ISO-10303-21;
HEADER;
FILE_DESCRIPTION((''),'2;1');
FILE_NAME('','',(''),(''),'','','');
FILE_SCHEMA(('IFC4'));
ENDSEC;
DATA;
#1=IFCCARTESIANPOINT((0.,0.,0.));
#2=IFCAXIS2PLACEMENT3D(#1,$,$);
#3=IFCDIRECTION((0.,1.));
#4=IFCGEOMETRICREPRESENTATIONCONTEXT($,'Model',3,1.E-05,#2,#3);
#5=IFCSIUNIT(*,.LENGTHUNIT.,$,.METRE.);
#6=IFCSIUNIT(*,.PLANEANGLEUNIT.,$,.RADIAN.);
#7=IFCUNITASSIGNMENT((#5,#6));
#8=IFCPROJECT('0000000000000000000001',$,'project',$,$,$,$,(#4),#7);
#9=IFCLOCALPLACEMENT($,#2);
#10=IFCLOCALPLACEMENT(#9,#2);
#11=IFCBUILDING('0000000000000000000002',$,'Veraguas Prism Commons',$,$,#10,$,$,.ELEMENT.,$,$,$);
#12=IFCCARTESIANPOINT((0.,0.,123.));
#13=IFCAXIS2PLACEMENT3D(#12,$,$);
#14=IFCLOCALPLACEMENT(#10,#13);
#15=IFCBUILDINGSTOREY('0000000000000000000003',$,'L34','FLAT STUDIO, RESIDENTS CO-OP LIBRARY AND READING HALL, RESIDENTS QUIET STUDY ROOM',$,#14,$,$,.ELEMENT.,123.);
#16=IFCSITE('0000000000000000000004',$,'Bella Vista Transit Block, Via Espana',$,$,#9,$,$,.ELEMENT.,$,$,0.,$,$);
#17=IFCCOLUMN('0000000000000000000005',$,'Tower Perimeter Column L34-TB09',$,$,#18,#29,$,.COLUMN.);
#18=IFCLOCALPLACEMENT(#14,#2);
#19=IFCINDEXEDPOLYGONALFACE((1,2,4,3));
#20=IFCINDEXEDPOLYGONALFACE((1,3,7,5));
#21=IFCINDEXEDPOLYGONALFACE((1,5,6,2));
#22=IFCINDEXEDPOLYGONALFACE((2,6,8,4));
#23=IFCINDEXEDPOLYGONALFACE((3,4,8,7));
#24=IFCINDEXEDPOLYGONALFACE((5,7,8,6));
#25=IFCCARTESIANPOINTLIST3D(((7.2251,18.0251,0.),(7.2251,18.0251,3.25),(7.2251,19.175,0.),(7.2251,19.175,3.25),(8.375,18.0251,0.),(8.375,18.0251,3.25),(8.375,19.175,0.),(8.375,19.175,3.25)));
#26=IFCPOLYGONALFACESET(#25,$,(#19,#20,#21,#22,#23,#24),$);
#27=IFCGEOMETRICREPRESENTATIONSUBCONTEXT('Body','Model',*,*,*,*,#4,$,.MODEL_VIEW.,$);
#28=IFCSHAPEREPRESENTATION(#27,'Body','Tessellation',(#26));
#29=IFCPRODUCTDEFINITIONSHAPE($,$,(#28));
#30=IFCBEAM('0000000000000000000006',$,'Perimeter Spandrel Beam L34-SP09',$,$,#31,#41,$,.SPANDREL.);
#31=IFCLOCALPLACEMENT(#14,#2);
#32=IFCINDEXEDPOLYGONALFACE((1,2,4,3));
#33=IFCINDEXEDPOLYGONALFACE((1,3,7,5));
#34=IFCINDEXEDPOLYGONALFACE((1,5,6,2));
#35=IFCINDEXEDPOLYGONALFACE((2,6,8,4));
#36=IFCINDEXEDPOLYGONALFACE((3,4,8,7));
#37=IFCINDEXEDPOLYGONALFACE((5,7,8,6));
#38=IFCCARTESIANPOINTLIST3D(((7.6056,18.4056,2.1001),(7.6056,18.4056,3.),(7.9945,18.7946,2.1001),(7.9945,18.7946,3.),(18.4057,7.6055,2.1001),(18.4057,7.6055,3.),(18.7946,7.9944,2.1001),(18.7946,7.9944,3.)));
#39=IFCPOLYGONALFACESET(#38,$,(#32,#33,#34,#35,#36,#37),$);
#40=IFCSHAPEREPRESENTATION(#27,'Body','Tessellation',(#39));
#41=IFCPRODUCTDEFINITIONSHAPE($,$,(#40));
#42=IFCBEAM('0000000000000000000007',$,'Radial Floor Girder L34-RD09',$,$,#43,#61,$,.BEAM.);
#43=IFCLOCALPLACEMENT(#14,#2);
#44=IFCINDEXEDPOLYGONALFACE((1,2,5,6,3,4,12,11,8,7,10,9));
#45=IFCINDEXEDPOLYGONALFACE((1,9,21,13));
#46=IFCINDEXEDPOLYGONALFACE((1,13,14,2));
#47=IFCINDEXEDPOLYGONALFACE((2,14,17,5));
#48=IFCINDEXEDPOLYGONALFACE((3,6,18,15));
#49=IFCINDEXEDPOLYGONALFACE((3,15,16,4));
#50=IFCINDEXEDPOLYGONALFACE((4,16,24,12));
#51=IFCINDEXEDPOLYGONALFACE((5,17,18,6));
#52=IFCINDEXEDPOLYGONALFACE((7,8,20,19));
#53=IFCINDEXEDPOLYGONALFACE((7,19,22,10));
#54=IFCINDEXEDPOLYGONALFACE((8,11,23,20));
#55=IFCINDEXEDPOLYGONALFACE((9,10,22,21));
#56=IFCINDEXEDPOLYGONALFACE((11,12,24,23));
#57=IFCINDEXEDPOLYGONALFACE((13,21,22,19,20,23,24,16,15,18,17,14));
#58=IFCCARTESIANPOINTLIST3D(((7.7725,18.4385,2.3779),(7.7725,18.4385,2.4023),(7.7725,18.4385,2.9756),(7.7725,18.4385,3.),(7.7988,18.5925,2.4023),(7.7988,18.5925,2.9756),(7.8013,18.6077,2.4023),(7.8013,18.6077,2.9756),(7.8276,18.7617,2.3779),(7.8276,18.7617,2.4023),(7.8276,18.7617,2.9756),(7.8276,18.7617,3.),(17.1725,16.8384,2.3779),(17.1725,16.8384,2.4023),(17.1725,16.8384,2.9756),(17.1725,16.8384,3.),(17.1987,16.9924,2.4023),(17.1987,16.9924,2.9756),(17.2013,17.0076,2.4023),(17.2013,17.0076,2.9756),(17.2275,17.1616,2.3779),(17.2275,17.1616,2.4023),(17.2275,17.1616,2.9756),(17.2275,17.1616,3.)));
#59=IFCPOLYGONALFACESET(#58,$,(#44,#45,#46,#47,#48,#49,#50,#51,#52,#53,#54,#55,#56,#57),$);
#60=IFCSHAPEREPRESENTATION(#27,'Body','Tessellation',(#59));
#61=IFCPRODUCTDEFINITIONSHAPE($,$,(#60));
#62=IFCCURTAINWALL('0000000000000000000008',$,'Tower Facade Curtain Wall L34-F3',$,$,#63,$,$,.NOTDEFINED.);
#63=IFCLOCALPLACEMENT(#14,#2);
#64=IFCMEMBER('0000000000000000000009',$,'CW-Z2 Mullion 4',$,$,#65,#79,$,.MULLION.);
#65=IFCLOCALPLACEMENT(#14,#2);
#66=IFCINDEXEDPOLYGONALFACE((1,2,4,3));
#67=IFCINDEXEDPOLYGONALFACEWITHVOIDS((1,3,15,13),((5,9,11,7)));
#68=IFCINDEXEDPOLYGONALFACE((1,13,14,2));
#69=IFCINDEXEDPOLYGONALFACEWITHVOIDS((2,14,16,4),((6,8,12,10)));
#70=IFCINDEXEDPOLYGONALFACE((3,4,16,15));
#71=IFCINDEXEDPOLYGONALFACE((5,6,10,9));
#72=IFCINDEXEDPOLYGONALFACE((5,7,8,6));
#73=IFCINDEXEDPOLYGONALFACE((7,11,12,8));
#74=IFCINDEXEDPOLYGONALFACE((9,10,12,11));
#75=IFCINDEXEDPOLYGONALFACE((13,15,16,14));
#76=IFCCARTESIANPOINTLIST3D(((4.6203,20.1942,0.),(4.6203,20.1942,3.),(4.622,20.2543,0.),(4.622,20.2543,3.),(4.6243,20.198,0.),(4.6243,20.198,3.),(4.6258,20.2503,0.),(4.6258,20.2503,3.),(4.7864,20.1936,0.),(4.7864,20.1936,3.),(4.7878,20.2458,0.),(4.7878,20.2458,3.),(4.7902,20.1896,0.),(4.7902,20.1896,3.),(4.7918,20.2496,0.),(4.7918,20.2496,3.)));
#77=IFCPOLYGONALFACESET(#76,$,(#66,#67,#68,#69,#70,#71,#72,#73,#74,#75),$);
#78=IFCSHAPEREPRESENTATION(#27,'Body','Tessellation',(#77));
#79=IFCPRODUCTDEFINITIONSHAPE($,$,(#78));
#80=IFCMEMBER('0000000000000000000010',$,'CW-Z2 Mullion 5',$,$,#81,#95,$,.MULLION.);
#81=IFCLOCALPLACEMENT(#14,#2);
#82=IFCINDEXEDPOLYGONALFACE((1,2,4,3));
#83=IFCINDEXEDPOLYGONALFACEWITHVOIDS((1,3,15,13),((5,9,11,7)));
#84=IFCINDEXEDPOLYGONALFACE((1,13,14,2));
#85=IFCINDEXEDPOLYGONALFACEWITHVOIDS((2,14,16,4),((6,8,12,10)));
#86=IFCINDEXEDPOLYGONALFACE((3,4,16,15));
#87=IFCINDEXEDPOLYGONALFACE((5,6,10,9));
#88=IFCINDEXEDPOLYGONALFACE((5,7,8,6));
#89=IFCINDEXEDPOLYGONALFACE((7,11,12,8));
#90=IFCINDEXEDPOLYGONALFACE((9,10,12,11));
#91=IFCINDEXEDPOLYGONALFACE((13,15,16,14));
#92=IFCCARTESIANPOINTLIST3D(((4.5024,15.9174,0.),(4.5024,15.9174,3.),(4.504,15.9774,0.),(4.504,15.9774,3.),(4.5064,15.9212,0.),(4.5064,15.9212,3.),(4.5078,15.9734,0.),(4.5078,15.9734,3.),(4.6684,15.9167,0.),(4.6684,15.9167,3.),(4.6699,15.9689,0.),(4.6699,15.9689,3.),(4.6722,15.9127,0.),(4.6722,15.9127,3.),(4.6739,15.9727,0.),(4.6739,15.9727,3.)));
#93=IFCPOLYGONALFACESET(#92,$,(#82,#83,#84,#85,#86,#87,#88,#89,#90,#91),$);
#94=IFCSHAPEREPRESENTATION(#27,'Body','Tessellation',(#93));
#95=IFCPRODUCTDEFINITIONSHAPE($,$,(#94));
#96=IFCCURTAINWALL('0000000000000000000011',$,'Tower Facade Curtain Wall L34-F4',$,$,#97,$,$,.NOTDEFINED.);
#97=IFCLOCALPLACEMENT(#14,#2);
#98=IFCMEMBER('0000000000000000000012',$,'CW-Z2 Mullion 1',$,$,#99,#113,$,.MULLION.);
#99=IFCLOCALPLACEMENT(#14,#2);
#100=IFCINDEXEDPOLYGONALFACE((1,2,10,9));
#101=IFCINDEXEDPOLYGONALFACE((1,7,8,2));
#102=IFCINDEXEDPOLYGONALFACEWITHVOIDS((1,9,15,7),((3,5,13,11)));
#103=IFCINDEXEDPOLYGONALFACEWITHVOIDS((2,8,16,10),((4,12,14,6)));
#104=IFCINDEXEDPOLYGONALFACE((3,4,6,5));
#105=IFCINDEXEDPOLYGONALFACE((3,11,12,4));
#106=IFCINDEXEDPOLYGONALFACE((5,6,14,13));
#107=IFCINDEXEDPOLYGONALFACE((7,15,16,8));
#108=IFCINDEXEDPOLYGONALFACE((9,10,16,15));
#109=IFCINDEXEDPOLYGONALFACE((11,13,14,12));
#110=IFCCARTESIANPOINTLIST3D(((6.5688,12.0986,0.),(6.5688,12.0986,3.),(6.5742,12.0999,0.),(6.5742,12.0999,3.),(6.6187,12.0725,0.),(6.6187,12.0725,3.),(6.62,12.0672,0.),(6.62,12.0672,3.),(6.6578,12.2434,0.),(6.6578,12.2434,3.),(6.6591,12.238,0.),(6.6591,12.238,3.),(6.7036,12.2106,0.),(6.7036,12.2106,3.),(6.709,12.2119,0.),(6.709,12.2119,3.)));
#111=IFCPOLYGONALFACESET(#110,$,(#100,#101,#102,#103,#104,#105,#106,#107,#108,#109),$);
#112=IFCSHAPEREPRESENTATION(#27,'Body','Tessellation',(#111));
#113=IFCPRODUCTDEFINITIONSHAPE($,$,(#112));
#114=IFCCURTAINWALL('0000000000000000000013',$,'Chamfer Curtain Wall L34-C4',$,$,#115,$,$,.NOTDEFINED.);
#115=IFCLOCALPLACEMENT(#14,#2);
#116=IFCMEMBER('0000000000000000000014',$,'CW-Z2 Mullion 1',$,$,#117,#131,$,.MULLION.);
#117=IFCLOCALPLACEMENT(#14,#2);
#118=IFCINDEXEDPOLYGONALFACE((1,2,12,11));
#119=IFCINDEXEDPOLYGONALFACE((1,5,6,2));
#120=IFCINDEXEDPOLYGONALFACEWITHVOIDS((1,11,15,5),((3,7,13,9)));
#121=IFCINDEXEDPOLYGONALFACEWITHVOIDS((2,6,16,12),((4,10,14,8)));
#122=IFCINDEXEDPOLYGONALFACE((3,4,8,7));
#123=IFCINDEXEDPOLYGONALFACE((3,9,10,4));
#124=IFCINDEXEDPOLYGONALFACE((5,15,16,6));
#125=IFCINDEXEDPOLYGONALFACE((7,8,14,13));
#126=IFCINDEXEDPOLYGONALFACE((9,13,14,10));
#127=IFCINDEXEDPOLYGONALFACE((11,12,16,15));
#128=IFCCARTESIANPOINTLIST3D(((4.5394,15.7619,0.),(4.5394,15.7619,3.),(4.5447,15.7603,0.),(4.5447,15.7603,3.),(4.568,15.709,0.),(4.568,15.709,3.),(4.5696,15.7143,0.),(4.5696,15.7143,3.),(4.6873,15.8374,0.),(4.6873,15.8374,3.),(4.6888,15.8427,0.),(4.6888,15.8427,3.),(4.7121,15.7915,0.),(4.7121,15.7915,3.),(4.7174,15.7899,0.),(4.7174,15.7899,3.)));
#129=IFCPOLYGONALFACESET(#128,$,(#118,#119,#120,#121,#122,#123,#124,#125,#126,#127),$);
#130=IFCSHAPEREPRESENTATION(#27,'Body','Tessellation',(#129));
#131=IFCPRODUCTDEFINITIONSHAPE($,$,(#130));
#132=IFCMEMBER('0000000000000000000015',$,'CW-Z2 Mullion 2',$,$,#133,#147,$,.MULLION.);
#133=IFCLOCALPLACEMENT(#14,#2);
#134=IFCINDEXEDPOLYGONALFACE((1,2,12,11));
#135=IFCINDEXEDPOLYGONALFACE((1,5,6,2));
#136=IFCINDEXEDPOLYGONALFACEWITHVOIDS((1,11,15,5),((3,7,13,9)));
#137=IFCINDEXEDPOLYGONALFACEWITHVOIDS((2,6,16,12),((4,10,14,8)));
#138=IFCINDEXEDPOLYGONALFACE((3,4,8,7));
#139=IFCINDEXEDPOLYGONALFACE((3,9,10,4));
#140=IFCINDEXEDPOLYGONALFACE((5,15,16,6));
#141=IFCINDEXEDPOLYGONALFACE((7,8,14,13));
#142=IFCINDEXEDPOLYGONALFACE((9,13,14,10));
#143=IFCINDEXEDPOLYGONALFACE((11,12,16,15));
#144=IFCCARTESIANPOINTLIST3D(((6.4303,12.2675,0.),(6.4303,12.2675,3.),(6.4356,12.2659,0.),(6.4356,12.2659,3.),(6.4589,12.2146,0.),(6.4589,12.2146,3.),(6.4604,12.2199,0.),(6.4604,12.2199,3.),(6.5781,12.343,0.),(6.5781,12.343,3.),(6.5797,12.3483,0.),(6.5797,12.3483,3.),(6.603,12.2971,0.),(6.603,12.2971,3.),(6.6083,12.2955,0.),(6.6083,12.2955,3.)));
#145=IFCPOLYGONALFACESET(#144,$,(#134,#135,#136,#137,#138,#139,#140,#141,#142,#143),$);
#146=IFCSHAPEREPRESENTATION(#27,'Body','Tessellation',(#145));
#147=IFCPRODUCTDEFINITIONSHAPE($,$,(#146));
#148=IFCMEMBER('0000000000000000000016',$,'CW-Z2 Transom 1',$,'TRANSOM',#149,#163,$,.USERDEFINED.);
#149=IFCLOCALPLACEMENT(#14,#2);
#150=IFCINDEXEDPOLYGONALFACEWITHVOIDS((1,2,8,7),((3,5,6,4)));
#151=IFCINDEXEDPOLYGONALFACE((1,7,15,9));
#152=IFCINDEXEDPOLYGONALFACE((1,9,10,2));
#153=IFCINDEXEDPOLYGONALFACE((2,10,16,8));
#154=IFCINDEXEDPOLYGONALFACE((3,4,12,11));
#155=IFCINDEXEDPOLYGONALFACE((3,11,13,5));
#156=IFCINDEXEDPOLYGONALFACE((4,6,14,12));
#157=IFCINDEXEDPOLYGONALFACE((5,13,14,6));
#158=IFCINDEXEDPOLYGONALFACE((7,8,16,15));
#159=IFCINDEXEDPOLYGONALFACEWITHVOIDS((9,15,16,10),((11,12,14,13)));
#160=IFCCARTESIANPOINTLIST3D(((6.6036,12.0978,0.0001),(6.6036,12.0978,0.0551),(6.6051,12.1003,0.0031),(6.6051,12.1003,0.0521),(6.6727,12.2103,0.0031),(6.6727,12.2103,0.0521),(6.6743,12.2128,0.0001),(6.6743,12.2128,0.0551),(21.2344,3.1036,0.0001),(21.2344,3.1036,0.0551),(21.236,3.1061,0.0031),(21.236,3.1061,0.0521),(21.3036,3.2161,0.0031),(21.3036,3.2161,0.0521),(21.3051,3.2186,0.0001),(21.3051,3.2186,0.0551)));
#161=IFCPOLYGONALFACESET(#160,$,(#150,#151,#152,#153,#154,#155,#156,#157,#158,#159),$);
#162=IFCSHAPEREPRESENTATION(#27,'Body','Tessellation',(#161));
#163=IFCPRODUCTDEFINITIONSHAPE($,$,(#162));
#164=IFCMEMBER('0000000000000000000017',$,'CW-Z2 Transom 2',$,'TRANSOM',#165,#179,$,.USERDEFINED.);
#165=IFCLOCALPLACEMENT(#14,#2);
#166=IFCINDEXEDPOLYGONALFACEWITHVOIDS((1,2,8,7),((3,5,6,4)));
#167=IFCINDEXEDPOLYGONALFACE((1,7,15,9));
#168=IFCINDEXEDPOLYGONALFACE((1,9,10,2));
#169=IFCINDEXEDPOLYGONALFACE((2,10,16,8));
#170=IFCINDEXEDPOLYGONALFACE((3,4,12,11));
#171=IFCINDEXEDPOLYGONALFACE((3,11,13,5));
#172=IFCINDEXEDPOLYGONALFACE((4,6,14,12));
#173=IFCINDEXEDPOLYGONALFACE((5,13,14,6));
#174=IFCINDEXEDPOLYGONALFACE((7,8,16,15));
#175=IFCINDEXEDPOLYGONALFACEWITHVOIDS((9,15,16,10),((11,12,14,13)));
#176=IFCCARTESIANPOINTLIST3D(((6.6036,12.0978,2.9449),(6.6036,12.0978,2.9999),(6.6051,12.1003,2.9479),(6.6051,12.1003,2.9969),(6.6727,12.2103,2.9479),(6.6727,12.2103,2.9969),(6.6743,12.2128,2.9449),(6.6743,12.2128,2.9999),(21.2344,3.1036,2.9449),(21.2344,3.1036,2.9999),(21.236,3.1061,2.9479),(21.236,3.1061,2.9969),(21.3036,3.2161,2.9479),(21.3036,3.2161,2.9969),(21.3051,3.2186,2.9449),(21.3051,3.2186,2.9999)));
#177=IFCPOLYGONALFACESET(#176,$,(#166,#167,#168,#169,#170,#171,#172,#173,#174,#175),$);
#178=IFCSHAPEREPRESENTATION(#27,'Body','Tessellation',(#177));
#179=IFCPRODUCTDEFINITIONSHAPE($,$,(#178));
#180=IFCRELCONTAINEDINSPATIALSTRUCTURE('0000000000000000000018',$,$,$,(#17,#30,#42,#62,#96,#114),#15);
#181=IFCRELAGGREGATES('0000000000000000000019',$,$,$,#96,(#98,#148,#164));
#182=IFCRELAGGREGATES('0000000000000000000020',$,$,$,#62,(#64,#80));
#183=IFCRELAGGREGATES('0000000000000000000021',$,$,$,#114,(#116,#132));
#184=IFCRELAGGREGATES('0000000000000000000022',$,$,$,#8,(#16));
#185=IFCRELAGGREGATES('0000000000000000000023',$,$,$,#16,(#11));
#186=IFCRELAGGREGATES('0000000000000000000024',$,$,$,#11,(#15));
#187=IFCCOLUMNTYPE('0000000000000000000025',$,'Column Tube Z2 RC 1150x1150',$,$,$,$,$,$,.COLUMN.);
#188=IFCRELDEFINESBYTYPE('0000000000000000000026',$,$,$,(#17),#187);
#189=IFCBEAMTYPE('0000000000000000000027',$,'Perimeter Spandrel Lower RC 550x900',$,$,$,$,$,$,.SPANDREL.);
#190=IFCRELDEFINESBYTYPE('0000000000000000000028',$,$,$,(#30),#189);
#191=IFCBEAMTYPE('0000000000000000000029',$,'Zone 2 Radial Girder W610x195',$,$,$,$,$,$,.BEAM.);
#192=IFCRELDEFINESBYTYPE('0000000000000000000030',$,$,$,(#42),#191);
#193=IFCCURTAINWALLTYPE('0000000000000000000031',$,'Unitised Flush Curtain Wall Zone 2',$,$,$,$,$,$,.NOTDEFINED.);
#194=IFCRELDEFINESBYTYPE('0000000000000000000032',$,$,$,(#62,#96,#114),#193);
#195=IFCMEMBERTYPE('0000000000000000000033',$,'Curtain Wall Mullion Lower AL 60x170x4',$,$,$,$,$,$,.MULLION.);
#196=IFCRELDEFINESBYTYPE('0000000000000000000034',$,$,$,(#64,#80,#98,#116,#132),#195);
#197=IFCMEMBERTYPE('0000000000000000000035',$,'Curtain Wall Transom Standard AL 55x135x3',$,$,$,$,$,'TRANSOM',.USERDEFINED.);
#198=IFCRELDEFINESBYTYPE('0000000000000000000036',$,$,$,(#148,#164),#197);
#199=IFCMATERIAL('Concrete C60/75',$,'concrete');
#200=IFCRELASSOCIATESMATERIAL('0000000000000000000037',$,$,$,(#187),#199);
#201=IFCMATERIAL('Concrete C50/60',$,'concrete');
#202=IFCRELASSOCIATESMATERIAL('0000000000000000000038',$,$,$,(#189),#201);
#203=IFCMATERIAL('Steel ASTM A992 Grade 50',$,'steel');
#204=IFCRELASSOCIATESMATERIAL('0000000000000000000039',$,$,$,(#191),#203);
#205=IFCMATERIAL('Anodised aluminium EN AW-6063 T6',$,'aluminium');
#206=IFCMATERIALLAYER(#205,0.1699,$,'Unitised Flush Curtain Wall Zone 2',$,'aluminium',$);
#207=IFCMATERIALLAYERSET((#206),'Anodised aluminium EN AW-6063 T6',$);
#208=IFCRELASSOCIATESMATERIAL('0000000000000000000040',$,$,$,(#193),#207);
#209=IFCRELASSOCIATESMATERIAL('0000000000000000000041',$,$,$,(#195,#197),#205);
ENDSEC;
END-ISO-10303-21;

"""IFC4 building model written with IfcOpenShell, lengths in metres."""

from ifc_helpers import new_model, si_unit, direction, frame, origin, origin_2d, place, context, subcontext, project, spatial, rectangle, hollow_rectangle, i_section, extrude, source, transform, mapped, material, layer, layer_set, material_profile, profile_set, type_object, element, aggregate, save


model = new_model("IFC4")

# Units and contexts
model_context = context("Model", 3, precision=1e-05, world=origin(), true_north=direction((0.0, 1.0)))
body_context = subcontext(model_context, "Body", "Model", "MODEL_VIEW")
ifc_project = project(units=[si_unit("LENGTHUNIT", "METRE"), si_unit("PLANEANGLEUNIT", "RADIAN")], contexts=[model_context])

# Site, building, storey
site_placement = place(None, origin())
site = spatial("IfcSite", under=ifc_project, at=site_placement, Name="Bella Vista Transit Block, Via Espana", CompositionType="ELEMENT", RefElevation=0.0)
building_placement = place(site_placement, origin())
building = spatial("IfcBuilding", under=site, at=building_placement, Name="Veraguas Prism Commons", CompositionType="ELEMENT")
storey_placement = place(building_placement, frame((0.0, 0.0, 123.0)))
storey = spatial("IfcBuildingStorey", under=building, at=storey_placement, Name="L34", Description="FLAT STUDIO, RESIDENTS CO-OP LIBRARY AND READING HALL, RESIDENTS QUIET STUDY ROOM", CompositionType="ELEMENT", Elevation=123.0)

# Column
ifc_material_1 = material(Name="Concrete C60/75", Category="concrete")
ifc_material_profile_1 = material_profile(ifc_material_1, rectangle(XDim=1.1499, YDim=1.1499, at=origin_2d()), Name="RC1150X1150")
ifc_profile_set_1 = profile_set([ifc_material_profile_1], Name="Concrete C60/75")
column_type = type_object("IfcColumnType", Name="Column Tube Z2 RC 1150x1150", PredefinedType="COLUMN", material=ifc_profile_set_1)
column_placement = place(storey_placement, frame((7.8, 18.6001, 0.0), z_axis=(0.0, 0.0, 1.0), x_axis=(1.0, 0.0, 0.0)))
element("IfcColumn", 1, at=column_placement, inside=storey, type_object=column_type, Name="Tower Perimeter Column L34-TB09", PredefinedType="COLUMN", context=body_context, shape_type="SweptSolid", body=[
    extrude(rectangle(XDim=1.1499, YDim=1.1499, at=origin_2d()), origin(), (0.0, 0.0, 1.0), 3.25),
])

# Beams
ifc_material_2 = material(Name="Concrete C50/60", Category="concrete")
ifc_material_profile_2 = material_profile(ifc_material_2, rectangle(XDim=0.55, YDim=0.8999, at=origin_2d()), Name="RC550X900")
ifc_profile_set_2 = profile_set([ifc_material_profile_2], Name="Concrete C50/60")
beam_type_1 = type_object("IfcBeamType", Name="Perimeter Spandrel Lower RC 550x900", PredefinedType="SPANDREL", material=ifc_profile_set_2)
beam_1_placement = place(storey_placement, frame((7.8, 18.6001, 2.55), z_axis=(0.707107, -0.707107, 0.0), x_axis=(0.707107, 0.707107, 0.0)))
element("IfcBeam", 2, at=beam_1_placement, inside=storey, type_object=beam_type_1, Name="Perimeter Spandrel Beam L34-SP09", PredefinedType="SPANDREL", context=body_context, shape_type="SweptSolid", body=[
    extrude(rectangle(XDim=0.55, YDim=0.8999, at=origin_2d()), origin(), (0.0, 0.0, 1.0), 15.2737),
])
ifc_material_3 = material(Name="Steel ASTM A992 Grade 50", Category="steel")
ifc_material_profile_3 = material_profile(ifc_material_3, i_section(OverallWidth=0.3279, OverallDepth=0.6221, WebThickness=0.0154, FlangeThickness=0.0244, at=origin_2d()), Name="W610X195")
ifc_profile_set_3 = profile_set([ifc_material_profile_3], Name="Steel ASTM A992 Grade 50")
beam_type_2 = type_object("IfcBeamType", Name="Zone 2 Radial Girder W610x195", PredefinedType="BEAM", material=ifc_profile_set_3)
beam_2_placement = place(storey_placement, frame((7.8, 18.6001, 2.689), z_axis=(0.985819, -0.167811, 0.0), x_axis=(0.167811, 0.985819, 0.0)))
element("IfcBeam", 3, at=beam_2_placement, inside=storey, type_object=beam_type_2, Name="Radial Floor Girder L34-RD09", PredefinedType="BEAM", context=body_context, shape_type="SweptSolid", body=[
    extrude(i_section(OverallWidth=0.3279, OverallDepth=0.6221, WebThickness=0.0154, FlangeThickness=0.0244, at=origin_2d()), origin(), (0.0, 0.0, 1.0), 9.5352),
])

# Curtain wall, members
ifc_material_4 = material(Name="Anodised aluminium EN AW-6063 T6", Category="aluminium")
ifc_layer_1 = layer(ifc_material_4, 0.1699, Name="Unitised Flush Curtain Wall Zone 2", Category="aluminium")
ifc_layer_set_1 = layer_set([ifc_layer_1], Name="Anodised aluminium EN AW-6063 T6")
curtain_wall_type = type_object("IfcCurtainWallType", Name="Unitised Flush Curtain Wall Zone 2", PredefinedType="NOTDEFINED", material=ifc_layer_set_1)
curtain_wall_1_placement = place(storey_placement, origin())
curtain_wall_1 = element("IfcCurtainWall", 4, at=curtain_wall_1_placement, inside=storey, type_object=curtain_wall_type, Name="Tower Facade Curtain Wall L34-F3", PredefinedType="NOTDEFINED")
ifc_material_profile_4 = material_profile(ifc_material_4, hollow_rectangle(XDim=0.0601, YDim=0.1699, WallThickness=0.0039, at=origin_2d()), Name="AL60X170X4")
ifc_profile_set_4 = profile_set([ifc_material_profile_4], Name="Anodised aluminium EN AW-6063 T6")
member_type_1 = type_object("IfcMemberType", Name="Curtain Wall Mullion Lower AL 60x170x4", PredefinedType="MULLION", material=ifc_profile_set_4)
shared_shape_1 = source(origin(), body_context, "Body", "SweptSolid", [
    extrude(hollow_rectangle(XDim=0.0601, YDim=0.1699, WallThickness=0.0039, at=origin_2d()), origin(), (0.0, 0.0, 1.0), 3.0),
])
member_1_placement = place(storey_placement, frame((4.7061, 20.2219, 0.0), z_axis=(0.0, 0.0, 1.0), x_axis=(-0.027567, -0.99962, 0.0)))
member_1 = element("IfcMember", 5, at=member_1_placement, type_object=member_type_1, Name="CW-Z2 Mullion 4", PredefinedType="MULLION", context=body_context, shape_type="MappedRepresentation", body=[
    mapped(shared_shape_1, transform((0.0, 0.0, 0.0), scale=1.0)),
])
member_2_placement = place(storey_placement, frame((4.5881, 15.9451, 0.0), z_axis=(0.0, 0.0, 1.0), x_axis=(-0.027567, -0.99962, 0.0)))
member_2 = element("IfcMember", 6, at=member_2_placement, type_object=member_type_1, Name="CW-Z2 Mullion 5", PredefinedType="MULLION", context=body_context, shape_type="MappedRepresentation", body=[
    mapped(shared_shape_1, transform((0.0, 0.0, 0.0), scale=1.0)),
])

# Curtain wall, member
curtain_wall_2_placement = place(storey_placement, origin())
curtain_wall_2 = element("IfcCurtainWall", 7, at=curtain_wall_2_placement, inside=storey, type_object=curtain_wall_type, Name="Tower Facade Curtain Wall L34-F4", PredefinedType="NOTDEFINED")
member_3_placement = place(storey_placement, frame((6.6389, 12.1553, 0.0), z_axis=(0.0, 0.0, 1.0), x_axis=(0.851908, -0.523692, 0.0)))
member_3 = element("IfcMember", 8, at=member_3_placement, type_object=member_type_1, Name="CW-Z2 Mullion 1", PredefinedType="MULLION", context=body_context, shape_type="MappedRepresentation", body=[
    mapped(shared_shape_1, transform((0.0, 0.0, 0.0), scale=1.0)),
])

# Curtain wall, members
curtain_wall_3_placement = place(storey_placement, origin())
curtain_wall_3 = element("IfcCurtainWall", 9, at=curtain_wall_3_placement, inside=storey, type_object=curtain_wall_type, Name="Chamfer Curtain Wall L34-C4", PredefinedType="NOTDEFINED")
member_4_placement = place(storey_placement, frame((4.6284, 15.7759, 0.0), z_axis=(0.0, 0.0, 1.0), x_axis=(0.47592, -0.879488, 0.0)))
member_4 = element("IfcMember", 10, at=member_4_placement, type_object=member_type_1, Name="CW-Z2 Mullion 1", PredefinedType="MULLION", context=body_context, shape_type="MappedRepresentation", body=[
    mapped(shared_shape_1, transform((0.0, 0.0, 0.0), scale=1.0)),
])
member_5_placement = place(storey_placement, frame((6.5193, 12.2815, 0.0), z_axis=(0.0, 0.0, 1.0), x_axis=(0.47592, -0.879488, 0.0)))
member_5 = element("IfcMember", 11, at=member_5_placement, type_object=member_type_1, Name="CW-Z2 Mullion 2", PredefinedType="MULLION", context=body_context, shape_type="MappedRepresentation", body=[
    mapped(shared_shape_1, transform((0.0, 0.0, 0.0), scale=1.0)),
])

# Members
ifc_material_profile_5 = material_profile(ifc_material_4, hollow_rectangle(XDim=0.0549, YDim=0.135, WallThickness=0.0029, at=origin_2d()), Name="AL55X135X3")
ifc_profile_set_5 = profile_set([ifc_material_profile_5], Name="Anodised aluminium EN AW-6063 T6")
member_type_2 = type_object("IfcMemberType", Name="Curtain Wall Transom Standard AL 55x135x3", ElementType="TRANSOM", PredefinedType="USERDEFINED", material=ifc_profile_set_5)
shared_shape_2 = source(origin(), body_context, "Body", "SweptSolid", [
    extrude(hollow_rectangle(XDim=0.0549, YDim=0.135, WallThickness=0.0029, at=origin_2d()), origin(), (0.0, 0.0, 1.0), 17.1743),
])
member_6_placement = place(storey_placement, frame((6.6389, 12.1553, 0.0276), z_axis=(0.851904, -0.523698, 0.0), x_axis=(0.0, 0.0, 1.0)))
member_6 = element("IfcMember", 12, at=member_6_placement, type_object=member_type_2, Name="CW-Z2 Transom 1", ObjectType="TRANSOM", PredefinedType="USERDEFINED", context=body_context, shape_type="MappedRepresentation", body=[
    mapped(shared_shape_2, transform((0.0, 0.0, 0.0), scale=1.0)),
])
member_7_placement = place(storey_placement, frame((6.6389, 12.1553, 2.9724), z_axis=(0.851904, -0.523698, 0.0), x_axis=(0.0, 0.0, 1.0)))
member_7 = element("IfcMember", 13, at=member_7_placement, type_object=member_type_2, Name="CW-Z2 Transom 2", ObjectType="TRANSOM", PredefinedType="USERDEFINED", context=body_context, shape_type="MappedRepresentation", body=[
    mapped(shared_shape_2, transform((0.0, 0.0, 0.0), scale=1.0)),
])
aggregate(curtain_wall_2, [member_3, member_6, member_7])

aggregate(curtain_wall_1, [member_1, member_2])
aggregate(curtain_wall_3, [member_4, member_5])

save(model, "model.ifc")
